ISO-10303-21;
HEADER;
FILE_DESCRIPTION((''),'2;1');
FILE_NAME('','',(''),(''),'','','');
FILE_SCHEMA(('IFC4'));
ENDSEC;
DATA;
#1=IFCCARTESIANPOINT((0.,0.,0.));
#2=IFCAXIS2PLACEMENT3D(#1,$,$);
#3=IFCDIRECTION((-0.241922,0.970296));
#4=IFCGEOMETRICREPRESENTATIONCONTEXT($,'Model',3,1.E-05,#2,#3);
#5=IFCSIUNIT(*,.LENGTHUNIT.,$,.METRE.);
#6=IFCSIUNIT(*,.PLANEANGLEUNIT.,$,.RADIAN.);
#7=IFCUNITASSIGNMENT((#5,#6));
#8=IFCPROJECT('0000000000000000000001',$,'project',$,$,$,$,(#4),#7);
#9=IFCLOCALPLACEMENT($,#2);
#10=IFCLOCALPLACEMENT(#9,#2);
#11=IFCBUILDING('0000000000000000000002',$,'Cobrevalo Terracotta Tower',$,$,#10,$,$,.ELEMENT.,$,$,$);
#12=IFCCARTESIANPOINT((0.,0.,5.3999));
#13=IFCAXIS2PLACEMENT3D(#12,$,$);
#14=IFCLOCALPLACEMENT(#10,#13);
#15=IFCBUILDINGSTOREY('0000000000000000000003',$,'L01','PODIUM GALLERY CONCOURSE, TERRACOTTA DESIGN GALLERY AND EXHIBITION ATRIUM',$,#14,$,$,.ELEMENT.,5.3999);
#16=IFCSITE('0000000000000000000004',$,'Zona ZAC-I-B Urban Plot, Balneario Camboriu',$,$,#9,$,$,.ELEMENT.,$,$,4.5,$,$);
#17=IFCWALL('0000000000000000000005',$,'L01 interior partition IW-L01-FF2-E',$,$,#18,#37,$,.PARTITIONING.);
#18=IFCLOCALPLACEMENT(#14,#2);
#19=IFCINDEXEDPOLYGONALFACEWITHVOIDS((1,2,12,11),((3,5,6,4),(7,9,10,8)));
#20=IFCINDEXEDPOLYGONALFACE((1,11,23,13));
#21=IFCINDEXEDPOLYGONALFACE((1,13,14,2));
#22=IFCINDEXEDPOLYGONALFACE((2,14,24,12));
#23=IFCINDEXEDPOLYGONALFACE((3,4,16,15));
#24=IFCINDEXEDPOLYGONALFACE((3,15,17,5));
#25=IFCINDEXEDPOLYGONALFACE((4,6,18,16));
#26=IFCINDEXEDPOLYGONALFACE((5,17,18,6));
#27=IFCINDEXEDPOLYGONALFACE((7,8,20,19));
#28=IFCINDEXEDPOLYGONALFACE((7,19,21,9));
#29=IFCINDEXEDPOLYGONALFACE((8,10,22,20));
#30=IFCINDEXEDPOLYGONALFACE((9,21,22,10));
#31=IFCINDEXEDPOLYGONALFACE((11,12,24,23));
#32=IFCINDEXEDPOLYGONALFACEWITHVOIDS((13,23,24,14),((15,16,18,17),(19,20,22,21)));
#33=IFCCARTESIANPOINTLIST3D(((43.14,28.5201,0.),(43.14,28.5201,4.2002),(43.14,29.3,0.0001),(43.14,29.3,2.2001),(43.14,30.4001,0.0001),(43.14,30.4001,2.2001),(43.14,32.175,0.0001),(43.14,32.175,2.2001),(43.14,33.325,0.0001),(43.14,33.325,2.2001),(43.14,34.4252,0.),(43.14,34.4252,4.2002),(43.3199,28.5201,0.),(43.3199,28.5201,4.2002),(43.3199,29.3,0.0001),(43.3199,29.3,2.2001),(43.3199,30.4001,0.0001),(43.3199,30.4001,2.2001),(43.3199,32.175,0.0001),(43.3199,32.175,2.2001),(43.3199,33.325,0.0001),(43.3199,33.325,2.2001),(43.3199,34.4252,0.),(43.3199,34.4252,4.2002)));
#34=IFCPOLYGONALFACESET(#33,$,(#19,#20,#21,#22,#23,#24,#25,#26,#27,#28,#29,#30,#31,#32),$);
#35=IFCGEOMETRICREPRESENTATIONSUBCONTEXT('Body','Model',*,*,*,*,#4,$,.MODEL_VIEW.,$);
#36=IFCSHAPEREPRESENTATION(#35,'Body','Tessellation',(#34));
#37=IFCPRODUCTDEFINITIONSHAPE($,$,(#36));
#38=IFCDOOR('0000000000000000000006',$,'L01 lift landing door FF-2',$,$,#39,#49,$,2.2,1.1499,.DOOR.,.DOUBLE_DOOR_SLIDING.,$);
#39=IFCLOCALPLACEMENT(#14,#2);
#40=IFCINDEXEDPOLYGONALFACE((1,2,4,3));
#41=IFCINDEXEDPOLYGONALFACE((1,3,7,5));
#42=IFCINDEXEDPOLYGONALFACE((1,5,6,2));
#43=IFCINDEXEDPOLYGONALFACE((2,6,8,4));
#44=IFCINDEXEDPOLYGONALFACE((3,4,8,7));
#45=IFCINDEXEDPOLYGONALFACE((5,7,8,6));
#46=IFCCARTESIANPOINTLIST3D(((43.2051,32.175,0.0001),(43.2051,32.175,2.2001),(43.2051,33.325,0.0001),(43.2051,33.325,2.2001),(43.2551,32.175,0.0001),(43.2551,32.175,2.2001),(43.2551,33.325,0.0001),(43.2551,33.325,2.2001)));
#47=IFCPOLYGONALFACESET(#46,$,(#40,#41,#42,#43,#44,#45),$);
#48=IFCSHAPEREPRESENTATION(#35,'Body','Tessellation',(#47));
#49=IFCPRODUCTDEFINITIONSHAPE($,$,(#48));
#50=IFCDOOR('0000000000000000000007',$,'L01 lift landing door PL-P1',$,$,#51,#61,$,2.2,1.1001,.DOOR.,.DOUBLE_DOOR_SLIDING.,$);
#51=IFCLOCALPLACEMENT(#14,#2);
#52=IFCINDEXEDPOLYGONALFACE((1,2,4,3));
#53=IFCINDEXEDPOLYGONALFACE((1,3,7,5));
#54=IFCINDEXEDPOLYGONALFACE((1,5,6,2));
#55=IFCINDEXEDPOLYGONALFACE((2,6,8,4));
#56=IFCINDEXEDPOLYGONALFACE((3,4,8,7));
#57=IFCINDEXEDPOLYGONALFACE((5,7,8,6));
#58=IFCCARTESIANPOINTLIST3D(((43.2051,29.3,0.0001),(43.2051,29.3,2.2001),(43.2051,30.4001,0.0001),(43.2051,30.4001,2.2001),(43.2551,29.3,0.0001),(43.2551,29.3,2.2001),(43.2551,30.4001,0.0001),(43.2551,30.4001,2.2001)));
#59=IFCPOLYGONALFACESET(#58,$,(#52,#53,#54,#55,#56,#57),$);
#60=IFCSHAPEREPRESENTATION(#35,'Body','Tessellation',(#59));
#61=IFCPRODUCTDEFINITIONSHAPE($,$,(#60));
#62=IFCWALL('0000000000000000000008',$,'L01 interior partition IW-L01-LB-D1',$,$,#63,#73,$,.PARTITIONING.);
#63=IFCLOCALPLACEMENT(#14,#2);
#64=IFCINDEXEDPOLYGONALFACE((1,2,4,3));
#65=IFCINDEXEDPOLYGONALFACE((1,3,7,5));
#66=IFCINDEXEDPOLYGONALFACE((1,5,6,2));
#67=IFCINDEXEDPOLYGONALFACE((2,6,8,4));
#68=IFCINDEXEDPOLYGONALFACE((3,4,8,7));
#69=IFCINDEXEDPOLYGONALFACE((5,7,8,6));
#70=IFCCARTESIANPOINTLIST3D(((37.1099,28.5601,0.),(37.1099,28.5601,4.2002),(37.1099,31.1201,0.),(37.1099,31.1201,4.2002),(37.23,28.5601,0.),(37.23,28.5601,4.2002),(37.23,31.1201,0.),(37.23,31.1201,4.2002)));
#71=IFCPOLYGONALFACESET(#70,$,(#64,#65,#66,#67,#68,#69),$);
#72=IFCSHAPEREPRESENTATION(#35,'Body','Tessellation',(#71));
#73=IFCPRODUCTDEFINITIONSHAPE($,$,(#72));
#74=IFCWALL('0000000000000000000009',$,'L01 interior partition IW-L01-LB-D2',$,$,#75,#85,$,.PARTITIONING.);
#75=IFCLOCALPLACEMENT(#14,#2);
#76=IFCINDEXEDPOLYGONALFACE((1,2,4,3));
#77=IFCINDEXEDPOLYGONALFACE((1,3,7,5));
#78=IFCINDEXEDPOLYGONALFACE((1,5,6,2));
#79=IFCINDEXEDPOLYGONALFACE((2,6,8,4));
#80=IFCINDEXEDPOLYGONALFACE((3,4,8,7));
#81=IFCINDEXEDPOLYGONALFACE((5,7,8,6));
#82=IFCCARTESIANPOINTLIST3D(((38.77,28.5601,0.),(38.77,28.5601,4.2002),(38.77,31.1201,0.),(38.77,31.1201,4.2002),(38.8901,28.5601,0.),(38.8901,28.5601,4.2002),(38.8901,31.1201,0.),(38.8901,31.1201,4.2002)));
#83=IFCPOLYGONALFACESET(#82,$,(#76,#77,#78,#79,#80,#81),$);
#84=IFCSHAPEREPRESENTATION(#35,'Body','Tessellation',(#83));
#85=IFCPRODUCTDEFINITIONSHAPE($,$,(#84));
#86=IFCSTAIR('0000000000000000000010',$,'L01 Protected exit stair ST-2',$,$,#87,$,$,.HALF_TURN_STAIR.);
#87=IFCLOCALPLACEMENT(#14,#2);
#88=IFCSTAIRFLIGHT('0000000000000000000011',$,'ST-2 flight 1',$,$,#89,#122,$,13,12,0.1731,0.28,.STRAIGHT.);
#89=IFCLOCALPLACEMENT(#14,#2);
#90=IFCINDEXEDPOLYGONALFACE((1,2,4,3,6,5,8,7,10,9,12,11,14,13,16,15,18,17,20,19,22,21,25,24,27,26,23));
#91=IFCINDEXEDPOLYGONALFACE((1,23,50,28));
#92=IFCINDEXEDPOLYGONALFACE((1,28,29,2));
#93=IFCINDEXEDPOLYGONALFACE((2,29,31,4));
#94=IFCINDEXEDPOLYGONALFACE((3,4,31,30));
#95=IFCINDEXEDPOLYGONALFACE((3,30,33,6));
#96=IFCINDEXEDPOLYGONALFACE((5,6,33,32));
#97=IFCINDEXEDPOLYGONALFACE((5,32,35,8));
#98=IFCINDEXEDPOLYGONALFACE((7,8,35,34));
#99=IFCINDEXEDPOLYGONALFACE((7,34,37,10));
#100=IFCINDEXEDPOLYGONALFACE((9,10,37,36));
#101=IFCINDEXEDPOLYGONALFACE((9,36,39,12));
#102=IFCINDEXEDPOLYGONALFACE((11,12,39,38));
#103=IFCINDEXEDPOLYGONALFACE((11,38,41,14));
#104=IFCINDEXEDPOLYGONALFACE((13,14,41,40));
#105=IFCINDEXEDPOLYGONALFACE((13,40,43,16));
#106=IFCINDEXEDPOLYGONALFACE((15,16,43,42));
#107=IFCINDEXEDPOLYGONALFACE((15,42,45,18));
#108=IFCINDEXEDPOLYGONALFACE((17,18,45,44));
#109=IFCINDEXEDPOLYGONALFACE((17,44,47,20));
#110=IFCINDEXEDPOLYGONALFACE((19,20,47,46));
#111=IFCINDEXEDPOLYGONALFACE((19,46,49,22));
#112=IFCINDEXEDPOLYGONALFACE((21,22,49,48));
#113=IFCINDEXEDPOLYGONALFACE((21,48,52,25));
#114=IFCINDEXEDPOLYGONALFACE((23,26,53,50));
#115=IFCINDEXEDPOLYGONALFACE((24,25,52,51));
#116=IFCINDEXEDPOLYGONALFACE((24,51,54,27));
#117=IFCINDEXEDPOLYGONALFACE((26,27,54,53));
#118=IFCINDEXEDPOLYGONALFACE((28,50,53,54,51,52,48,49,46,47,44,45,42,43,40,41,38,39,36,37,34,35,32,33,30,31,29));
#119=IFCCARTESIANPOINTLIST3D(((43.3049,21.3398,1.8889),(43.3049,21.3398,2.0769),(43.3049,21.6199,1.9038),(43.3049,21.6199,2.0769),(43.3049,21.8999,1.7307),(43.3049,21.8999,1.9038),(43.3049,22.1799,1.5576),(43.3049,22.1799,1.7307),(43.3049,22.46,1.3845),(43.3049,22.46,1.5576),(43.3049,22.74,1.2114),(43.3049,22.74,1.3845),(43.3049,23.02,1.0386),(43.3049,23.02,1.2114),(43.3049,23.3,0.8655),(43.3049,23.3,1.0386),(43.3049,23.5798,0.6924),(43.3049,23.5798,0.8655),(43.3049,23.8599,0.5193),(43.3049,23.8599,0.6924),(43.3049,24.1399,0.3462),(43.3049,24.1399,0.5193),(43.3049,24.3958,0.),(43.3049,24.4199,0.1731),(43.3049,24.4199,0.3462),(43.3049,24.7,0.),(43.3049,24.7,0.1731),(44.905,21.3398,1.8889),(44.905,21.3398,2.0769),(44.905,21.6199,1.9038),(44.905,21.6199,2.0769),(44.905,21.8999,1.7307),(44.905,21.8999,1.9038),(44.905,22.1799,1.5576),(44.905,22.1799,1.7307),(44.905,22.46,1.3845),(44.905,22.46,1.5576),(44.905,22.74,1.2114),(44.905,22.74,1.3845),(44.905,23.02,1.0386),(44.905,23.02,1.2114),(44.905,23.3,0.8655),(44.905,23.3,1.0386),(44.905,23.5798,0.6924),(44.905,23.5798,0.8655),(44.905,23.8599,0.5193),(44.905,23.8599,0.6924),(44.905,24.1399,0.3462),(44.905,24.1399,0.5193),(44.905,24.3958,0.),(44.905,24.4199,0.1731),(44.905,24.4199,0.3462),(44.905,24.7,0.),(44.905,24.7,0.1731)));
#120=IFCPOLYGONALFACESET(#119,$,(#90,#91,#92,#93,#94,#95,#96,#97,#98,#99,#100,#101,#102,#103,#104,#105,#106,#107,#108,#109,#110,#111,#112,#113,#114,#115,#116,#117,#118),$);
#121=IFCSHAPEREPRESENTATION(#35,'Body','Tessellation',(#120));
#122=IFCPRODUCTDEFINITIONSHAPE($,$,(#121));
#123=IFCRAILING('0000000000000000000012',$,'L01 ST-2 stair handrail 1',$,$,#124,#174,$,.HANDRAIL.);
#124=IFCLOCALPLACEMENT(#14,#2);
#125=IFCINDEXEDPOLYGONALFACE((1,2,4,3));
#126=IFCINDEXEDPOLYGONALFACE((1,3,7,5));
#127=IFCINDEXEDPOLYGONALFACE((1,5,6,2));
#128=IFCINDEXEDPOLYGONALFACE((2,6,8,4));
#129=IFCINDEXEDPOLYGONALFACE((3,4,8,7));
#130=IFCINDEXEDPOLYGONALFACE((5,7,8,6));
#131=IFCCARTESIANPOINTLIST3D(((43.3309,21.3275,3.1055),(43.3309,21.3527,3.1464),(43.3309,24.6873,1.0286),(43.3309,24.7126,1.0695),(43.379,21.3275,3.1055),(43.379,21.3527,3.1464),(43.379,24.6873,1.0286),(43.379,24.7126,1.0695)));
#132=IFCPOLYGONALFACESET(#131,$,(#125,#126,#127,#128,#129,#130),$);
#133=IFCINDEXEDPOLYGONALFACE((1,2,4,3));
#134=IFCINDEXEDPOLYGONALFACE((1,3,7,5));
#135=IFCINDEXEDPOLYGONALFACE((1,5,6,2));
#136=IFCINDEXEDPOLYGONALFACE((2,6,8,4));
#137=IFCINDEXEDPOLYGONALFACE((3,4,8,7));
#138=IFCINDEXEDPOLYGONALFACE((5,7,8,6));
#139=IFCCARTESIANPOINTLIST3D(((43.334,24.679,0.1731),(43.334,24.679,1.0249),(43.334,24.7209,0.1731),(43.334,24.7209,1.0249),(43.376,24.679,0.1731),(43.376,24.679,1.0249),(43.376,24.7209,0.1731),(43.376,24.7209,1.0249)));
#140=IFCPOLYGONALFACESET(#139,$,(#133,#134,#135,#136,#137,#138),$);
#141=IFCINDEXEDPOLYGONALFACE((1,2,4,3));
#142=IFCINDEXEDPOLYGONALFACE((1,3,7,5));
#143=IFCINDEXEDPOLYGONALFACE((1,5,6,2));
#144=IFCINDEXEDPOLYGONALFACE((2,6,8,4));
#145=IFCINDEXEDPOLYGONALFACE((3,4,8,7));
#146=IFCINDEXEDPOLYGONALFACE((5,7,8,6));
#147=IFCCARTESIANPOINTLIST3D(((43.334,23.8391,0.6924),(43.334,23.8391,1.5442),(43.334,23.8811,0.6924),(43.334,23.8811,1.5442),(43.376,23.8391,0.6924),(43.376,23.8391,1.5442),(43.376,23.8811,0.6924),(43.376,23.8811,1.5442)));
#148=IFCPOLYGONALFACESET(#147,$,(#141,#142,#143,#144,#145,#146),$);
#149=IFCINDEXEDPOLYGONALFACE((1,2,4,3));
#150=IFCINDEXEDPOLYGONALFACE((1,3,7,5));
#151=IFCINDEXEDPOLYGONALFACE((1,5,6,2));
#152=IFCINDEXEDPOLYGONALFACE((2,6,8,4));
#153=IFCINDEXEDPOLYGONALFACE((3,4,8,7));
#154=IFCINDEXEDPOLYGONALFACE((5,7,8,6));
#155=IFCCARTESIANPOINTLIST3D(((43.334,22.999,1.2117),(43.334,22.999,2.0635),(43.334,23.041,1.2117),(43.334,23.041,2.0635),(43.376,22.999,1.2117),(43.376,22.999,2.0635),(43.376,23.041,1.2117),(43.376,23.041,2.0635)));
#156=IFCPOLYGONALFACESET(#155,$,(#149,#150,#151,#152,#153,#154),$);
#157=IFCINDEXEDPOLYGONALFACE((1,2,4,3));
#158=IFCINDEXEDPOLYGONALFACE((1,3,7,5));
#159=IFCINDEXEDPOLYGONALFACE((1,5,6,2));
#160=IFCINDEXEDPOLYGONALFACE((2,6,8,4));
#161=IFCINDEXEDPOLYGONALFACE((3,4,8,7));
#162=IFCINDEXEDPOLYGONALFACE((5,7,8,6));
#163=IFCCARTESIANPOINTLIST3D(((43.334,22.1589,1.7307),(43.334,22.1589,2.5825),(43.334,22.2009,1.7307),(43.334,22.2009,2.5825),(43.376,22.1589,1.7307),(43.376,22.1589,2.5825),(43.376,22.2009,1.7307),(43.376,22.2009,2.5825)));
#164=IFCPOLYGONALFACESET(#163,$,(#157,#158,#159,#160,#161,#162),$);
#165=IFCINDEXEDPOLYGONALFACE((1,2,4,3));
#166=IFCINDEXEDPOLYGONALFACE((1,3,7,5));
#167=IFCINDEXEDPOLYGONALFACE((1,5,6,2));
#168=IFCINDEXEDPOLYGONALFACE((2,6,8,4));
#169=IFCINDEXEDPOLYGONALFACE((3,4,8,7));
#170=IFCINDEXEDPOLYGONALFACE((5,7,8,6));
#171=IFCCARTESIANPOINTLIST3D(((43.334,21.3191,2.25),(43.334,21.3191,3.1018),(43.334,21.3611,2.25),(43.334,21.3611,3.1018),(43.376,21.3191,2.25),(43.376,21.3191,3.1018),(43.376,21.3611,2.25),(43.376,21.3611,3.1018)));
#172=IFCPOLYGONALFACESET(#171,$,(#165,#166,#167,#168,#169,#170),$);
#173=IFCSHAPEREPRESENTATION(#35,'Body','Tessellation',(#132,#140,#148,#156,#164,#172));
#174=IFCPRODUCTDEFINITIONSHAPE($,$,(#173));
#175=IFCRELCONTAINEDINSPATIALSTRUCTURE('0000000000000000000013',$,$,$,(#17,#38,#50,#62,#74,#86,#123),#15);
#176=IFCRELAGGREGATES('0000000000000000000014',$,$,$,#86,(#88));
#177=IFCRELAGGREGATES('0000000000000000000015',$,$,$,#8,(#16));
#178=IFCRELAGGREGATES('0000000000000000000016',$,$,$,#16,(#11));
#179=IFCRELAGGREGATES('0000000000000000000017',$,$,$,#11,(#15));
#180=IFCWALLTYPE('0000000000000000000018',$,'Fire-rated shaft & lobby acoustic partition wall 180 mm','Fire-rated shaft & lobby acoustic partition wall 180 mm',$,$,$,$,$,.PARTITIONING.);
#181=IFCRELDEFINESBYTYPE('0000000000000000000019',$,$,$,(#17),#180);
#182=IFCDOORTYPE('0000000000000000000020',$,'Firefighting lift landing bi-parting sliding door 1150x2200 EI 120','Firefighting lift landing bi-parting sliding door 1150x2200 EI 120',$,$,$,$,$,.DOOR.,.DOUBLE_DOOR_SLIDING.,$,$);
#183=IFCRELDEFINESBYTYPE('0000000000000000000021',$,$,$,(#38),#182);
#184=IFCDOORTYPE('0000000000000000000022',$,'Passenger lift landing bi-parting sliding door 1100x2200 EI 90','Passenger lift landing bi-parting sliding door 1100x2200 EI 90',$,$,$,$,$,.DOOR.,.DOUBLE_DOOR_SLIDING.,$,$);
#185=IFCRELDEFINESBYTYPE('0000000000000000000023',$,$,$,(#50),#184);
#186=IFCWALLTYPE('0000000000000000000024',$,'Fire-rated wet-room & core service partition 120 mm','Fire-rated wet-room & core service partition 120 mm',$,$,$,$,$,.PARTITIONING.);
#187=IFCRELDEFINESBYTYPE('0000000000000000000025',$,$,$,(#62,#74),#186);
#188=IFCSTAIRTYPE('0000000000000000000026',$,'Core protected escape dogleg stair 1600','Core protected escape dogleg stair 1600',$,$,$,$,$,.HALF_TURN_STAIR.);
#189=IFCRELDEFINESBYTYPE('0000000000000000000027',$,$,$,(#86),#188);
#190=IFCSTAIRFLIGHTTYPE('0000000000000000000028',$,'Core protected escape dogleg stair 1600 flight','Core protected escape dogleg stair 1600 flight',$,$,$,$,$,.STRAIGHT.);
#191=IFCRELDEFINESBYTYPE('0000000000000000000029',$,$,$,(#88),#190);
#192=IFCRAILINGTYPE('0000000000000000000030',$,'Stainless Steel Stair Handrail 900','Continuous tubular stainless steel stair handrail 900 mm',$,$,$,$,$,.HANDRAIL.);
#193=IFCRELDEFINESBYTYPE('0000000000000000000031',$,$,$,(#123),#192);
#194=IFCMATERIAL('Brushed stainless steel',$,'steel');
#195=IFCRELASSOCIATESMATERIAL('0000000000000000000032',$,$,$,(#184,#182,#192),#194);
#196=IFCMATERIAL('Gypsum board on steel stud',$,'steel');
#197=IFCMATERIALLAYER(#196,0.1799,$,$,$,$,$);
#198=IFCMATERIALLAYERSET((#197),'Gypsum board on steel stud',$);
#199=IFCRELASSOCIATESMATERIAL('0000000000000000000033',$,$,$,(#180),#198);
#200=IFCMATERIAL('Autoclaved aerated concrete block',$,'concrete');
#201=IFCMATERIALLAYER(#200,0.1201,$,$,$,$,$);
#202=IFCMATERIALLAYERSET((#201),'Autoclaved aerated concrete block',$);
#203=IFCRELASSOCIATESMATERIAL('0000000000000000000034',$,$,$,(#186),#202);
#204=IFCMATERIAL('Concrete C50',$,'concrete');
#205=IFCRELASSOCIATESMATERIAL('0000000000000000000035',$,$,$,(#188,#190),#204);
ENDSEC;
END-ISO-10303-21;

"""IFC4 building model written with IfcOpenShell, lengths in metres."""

from ifc_helpers import new_model, si_unit, direction, frame, frame_2d, origin, origin_2d, place, context, subcontext, project, spatial, polyline, rectangle, outline, extrude, source, transform, mapped, material, layer, layer_set, type_object, element, fill, aggregate, save


model = new_model("IFC4")

# Units and contexts
model_context = context("Model", 3, precision=1e-05, world=origin(), true_north=direction((-0.241922, 0.970296)))
body_context = subcontext(model_context, "Body", "Model", "MODEL_VIEW")
ifc_project = project(units=[si_unit("LENGTHUNIT", "METRE"), si_unit("PLANEANGLEUNIT", "RADIAN")], contexts=[model_context])

# Site, building, storey
site_placement = place(None, origin())
site = spatial("IfcSite", under=ifc_project, at=site_placement, Name="Zona ZAC-I-B Urban Plot, Balneario Camboriu", CompositionType="ELEMENT", RefElevation=4.5)
building_placement = place(site_placement, origin())
building = spatial("IfcBuilding", under=site, at=building_placement, Name="Cobrevalo Terracotta Tower", CompositionType="ELEMENT")
storey_placement = place(building_placement, frame((0.0, 0.0, 5.3999)))
storey = spatial("IfcBuildingStorey", under=building, at=storey_placement, Name="L01", Description="PODIUM GALLERY CONCOURSE, TERRACOTTA DESIGN GALLERY AND EXHIBITION ATRIUM", CompositionType="ELEMENT", Elevation=5.3999)

# Shared definitions
ifc_material_1 = material(Name="Gypsum board on steel stud", Category="steel")

# Shared definitions
ifc_material_2 = material(Name="Brushed stainless steel", Category="steel")
door_type_1 = type_object("IfcDoorType", Name="Passenger lift landing bi-parting sliding door 1100x2200 EI 90", Description="Passenger lift landing bi-parting sliding door 1100x2200 EI 90", OperationType="DOUBLE_DOOR_SLIDING", PredefinedType="DOOR", material=ifc_material_2)
shared_shape_1 = source(origin(), body_context, "Body", "SweptSolid", [
    extrude(rectangle(XDim=1.1001, YDim=2.2, at=frame_2d((0.55, 1.1001))), frame((0.0, 0.0249, 0.0), z_axis=(0.0, -1.0, 0.0), x_axis=(1.0, 0.0, 0.0)), (0.0, 0.0, 1.0), 0.05),
])

# Shared definitions
ifc_layer_1 = layer(ifc_material_1, 0.1799)
ifc_layer_set_1 = layer_set([ifc_layer_1], Name="Gypsum board on steel stud")
wall_type_1 = type_object("IfcWallType", Name="Fire-rated shaft & lobby acoustic partition wall 180 mm", Description="Fire-rated shaft & lobby acoustic partition wall 180 mm", PredefinedType="PARTITIONING", material=ifc_layer_set_1)

# Wall, openings, doors
wall_1_placement = place(storey_placement, frame((43.23, 28.52, 0.0), z_axis=(0.0, 0.0, 1.0), x_axis=(0.0, 1.0, 0.0)))
wall_1 = element("IfcWall", 1, at=wall_1_placement, inside=storey, type_object=wall_type_1, Name="L01 interior partition IW-L01-FF2-E", PredefinedType="PARTITIONING", context=body_context, shape_type="SweptSolid", body=[
    extrude(rectangle(XDim=5.905, YDim=0.1799, at=frame_2d((2.9526, 0.0))), origin(), (0.0, 0.0, 1.0), 4.2002),
])
opening_1_placement = place(wall_1_placement, frame((3.655, 0.0, 0.0)))
opening_1 = element("IfcOpeningElement", 2, at=opening_1_placement, cuts=wall_1, PredefinedType="OPENING", context=body_context, shape_type="SweptSolid", body=[
    extrude(rectangle(XDim=1.1499, YDim=2.2, at=frame_2d((0.575, 1.1001))), frame((0.0, 0.1001, 0.0), z_axis=(0.0, -1.0, 0.0), x_axis=(1.0, 0.0, 0.0)), (0.0, 0.0, 1.0), 0.2),
])
opening_2_placement = place(wall_1_placement, frame((0.78, 0.0, 0.0)))
opening_2 = element("IfcOpeningElement", 3, at=opening_2_placement, cuts=wall_1, PredefinedType="OPENING", context=body_context, shape_type="SweptSolid", body=[
    extrude(rectangle(XDim=1.1001, YDim=2.2, at=frame_2d((0.55, 1.1001))), frame((0.0, 0.1001, 0.0), z_axis=(0.0, -1.0, 0.0), x_axis=(1.0, 0.0, 0.0)), (0.0, 0.0, 1.0), 0.2),
])
door_type_2 = type_object("IfcDoorType", Name="Firefighting lift landing bi-parting sliding door 1150x2200 EI 120", Description="Firefighting lift landing bi-parting sliding door 1150x2200 EI 120", OperationType="DOUBLE_DOOR_SLIDING", PredefinedType="DOOR", material=ifc_material_2)
shared_shape_2 = source(origin(), body_context, "Body", "SweptSolid", [
    extrude(rectangle(XDim=1.1499, YDim=2.2, at=frame_2d((0.575, 1.1001))), frame((0.0, 0.0249, 0.0), z_axis=(0.0, -1.0, 0.0), x_axis=(1.0, 0.0, 0.0)), (0.0, 0.0, 1.0), 0.05),
])
door_1_placement = place(opening_1_placement, origin())
door_1 = element("IfcDoor", 4, at=door_1_placement, inside=storey, type_object=door_type_2, Name="L01 lift landing door FF-2", OperationType="DOUBLE_DOOR_SLIDING", OverallHeight=2.2, OverallWidth=1.1499, PredefinedType="DOOR", context=body_context, shape_type="MappedRepresentation", body=[
    mapped(shared_shape_2, transform((0.0, 0.0, 0.0), scale=1.0)),
])
fill(opening_1, door_1)
door_2_placement = place(opening_2_placement, origin())
door_2 = element("IfcDoor", 5, at=door_2_placement, inside=storey, type_object=door_type_1, Name="L01 lift landing door PL-P1", OperationType="DOUBLE_DOOR_SLIDING", OverallHeight=2.2, OverallWidth=1.1001, PredefinedType="DOOR", context=body_context, shape_type="MappedRepresentation", body=[
    mapped(shared_shape_1, transform((0.0, 0.0, 0.0), scale=1.0)),
])
fill(opening_2, door_2)

# Walls
ifc_material_3 = material(Name="Autoclaved aerated concrete block", Category="concrete")
ifc_layer_2 = layer(ifc_material_3, 0.1201)
ifc_layer_set_2 = layer_set([ifc_layer_2], Name="Autoclaved aerated concrete block")
wall_type_2 = type_object("IfcWallType", Name="Fire-rated wet-room & core service partition 120 mm", Description="Fire-rated wet-room & core service partition 120 mm", PredefinedType="PARTITIONING", material=ifc_layer_set_2)
for number, where, z_axis, x_axis, name in (
    (6, (37.1699, 28.5601, 0.0), (0.0, 0.0, 1.0), (0.0, 1.0, 0.0), "L01 interior partition IW-L01-LB-D1"),
    (7, (38.8301, 28.5601, 0.0), (0.0, 0.0, 1.0), (0.0, 1.0, 0.0), "L01 interior partition IW-L01-LB-D2"),
):
    element("IfcWall", number, at=place(storey_placement, frame(where, z_axis=z_axis, x_axis=x_axis)), inside=storey, type_object=wall_type_2, Name=name, PredefinedType="PARTITIONING", context=body_context, shape_type="SweptSolid", body=[
        extrude(rectangle(XDim=2.5601, YDim=0.1201, at=frame_2d((1.28, 0.0))), origin(), (0.0, 0.0, 1.0), 4.2002),
    ])

# Shared definitions
ifc_material_4 = material(Name="Concrete C50", Category="concrete")

# Stair, stair flight
stair_type = type_object("IfcStairType", Name="Core protected escape dogleg stair 1600", Description="Core protected escape dogleg stair 1600", PredefinedType="HALF_TURN_STAIR", material=ifc_material_4)
stair_placement = place(storey_placement, origin())
stair = element("IfcStair", 8, at=stair_placement, inside=storey, type_object=stair_type, Name="L01 Protected exit stair ST-2", PredefinedType="HALF_TURN_STAIR")
stair_flight_type = type_object("IfcStairFlightType", Name="Core protected escape dogleg stair 1600 flight", Description="Core protected escape dogleg stair 1600 flight", PredefinedType="STRAIGHT", material=ifc_material_4)
stair_flight_placement = place(storey_placement, frame((44.105, 24.7, 0.0), z_axis=(0.0, 0.0, 1.0), x_axis=(0.0, -1.0, 0.0)))
stair_flight = element("IfcStairFlight", 9, at=stair_flight_placement, type_object=stair_flight_type, Name="ST-2 flight 1", NumberOfRisers=13, NumberOfTreads=12, PredefinedType="STRAIGHT", RiserHeight=0.1731, TreadLength=0.28, context=body_context, shape_type="SweptSolid", body=[
    extrude(outline(polyline([(0.0, 0.0), (0.0, 0.1731), (0.28, 0.1731), (0.28, 0.3462), (0.5601, 0.3462), (0.5601, 0.5193), (0.8401, 0.5193), (0.8401, 0.6924), (1.1201, 0.6924), (1.1201, 0.8655), (1.3999, 0.8655), (1.3999, 1.0386), (1.6799, 1.0386), (1.6799, 1.2114), (1.96, 1.2114), (1.96, 1.3845), (2.24, 1.3845), (2.24, 1.5576), (2.52, 1.5576), (2.52, 1.7307), (2.8, 1.7307), (2.8, 1.9038), (3.0801, 1.9038), (3.0801, 2.0769), (3.3601, 2.0769), (3.3601, 2.25), (3.3601, 1.8889), (0.3042, 0.0), (0.0, 0.0)])), frame((0.0, 0.8, 0.0), z_axis=(0.0, -1.0, 0.0), x_axis=(1.0, 0.0, 0.0)), (0.0, 0.0, 1.0), 1.6001),
])
aggregate(stair, [stair_flight])

# Railing
railing_type_1 = type_object("IfcRailingType", Name="Stainless Steel Stair Handrail 900", Description="Continuous tubular stainless steel stair handrail 900 mm", PredefinedType="HANDRAIL", material=ifc_material_2)
railing_1_placement = place(storey_placement, frame((43.355, 24.7, 0.1731)))
element("IfcRailing", 10, at=railing_1_placement, inside=storey, type_object=railing_type_1, Name="L01 ST-2 stair handrail 1", PredefinedType="HANDRAIL", context=body_context, shape_type="SweptSolid", body=[
    extrude(rectangle(XDim=0.0481, YDim=0.0481, at=origin_2d()), frame((0.0, 0.0, 0.876), z_axis=(0.0, -0.850606, 0.525803), x_axis=(1.0, 0.0, 0.0)), (0.0, 0.0, 1.0), 3.95),
    extrude(rectangle(XDim=0.042, YDim=0.042, at=origin_2d()), origin(), (0.0, 0.0, 1.0), 0.8518),
    extrude(rectangle(XDim=0.042, YDim=0.042, at=origin_2d()), frame((0.0, -0.8398, 0.5193)), (0.0, 0.0, 1.0), 0.8518),
    extrude(rectangle(XDim=0.042, YDim=0.042, at=origin_2d()), frame((0.0, -1.6799, 1.0386)), (0.0, 0.0, 1.0), 0.8518),
    extrude(rectangle(XDim=0.042, YDim=0.042, at=origin_2d()), frame((0.0, -2.52, 1.5576)), (0.0, 0.0, 1.0), 0.8518),
    extrude(rectangle(XDim=0.042, YDim=0.042, at=origin_2d()), frame((0.0, -3.3599, 2.0769)), (0.0, 0.0, 1.0), 0.8518),
])

save(model, "model.ifc")
